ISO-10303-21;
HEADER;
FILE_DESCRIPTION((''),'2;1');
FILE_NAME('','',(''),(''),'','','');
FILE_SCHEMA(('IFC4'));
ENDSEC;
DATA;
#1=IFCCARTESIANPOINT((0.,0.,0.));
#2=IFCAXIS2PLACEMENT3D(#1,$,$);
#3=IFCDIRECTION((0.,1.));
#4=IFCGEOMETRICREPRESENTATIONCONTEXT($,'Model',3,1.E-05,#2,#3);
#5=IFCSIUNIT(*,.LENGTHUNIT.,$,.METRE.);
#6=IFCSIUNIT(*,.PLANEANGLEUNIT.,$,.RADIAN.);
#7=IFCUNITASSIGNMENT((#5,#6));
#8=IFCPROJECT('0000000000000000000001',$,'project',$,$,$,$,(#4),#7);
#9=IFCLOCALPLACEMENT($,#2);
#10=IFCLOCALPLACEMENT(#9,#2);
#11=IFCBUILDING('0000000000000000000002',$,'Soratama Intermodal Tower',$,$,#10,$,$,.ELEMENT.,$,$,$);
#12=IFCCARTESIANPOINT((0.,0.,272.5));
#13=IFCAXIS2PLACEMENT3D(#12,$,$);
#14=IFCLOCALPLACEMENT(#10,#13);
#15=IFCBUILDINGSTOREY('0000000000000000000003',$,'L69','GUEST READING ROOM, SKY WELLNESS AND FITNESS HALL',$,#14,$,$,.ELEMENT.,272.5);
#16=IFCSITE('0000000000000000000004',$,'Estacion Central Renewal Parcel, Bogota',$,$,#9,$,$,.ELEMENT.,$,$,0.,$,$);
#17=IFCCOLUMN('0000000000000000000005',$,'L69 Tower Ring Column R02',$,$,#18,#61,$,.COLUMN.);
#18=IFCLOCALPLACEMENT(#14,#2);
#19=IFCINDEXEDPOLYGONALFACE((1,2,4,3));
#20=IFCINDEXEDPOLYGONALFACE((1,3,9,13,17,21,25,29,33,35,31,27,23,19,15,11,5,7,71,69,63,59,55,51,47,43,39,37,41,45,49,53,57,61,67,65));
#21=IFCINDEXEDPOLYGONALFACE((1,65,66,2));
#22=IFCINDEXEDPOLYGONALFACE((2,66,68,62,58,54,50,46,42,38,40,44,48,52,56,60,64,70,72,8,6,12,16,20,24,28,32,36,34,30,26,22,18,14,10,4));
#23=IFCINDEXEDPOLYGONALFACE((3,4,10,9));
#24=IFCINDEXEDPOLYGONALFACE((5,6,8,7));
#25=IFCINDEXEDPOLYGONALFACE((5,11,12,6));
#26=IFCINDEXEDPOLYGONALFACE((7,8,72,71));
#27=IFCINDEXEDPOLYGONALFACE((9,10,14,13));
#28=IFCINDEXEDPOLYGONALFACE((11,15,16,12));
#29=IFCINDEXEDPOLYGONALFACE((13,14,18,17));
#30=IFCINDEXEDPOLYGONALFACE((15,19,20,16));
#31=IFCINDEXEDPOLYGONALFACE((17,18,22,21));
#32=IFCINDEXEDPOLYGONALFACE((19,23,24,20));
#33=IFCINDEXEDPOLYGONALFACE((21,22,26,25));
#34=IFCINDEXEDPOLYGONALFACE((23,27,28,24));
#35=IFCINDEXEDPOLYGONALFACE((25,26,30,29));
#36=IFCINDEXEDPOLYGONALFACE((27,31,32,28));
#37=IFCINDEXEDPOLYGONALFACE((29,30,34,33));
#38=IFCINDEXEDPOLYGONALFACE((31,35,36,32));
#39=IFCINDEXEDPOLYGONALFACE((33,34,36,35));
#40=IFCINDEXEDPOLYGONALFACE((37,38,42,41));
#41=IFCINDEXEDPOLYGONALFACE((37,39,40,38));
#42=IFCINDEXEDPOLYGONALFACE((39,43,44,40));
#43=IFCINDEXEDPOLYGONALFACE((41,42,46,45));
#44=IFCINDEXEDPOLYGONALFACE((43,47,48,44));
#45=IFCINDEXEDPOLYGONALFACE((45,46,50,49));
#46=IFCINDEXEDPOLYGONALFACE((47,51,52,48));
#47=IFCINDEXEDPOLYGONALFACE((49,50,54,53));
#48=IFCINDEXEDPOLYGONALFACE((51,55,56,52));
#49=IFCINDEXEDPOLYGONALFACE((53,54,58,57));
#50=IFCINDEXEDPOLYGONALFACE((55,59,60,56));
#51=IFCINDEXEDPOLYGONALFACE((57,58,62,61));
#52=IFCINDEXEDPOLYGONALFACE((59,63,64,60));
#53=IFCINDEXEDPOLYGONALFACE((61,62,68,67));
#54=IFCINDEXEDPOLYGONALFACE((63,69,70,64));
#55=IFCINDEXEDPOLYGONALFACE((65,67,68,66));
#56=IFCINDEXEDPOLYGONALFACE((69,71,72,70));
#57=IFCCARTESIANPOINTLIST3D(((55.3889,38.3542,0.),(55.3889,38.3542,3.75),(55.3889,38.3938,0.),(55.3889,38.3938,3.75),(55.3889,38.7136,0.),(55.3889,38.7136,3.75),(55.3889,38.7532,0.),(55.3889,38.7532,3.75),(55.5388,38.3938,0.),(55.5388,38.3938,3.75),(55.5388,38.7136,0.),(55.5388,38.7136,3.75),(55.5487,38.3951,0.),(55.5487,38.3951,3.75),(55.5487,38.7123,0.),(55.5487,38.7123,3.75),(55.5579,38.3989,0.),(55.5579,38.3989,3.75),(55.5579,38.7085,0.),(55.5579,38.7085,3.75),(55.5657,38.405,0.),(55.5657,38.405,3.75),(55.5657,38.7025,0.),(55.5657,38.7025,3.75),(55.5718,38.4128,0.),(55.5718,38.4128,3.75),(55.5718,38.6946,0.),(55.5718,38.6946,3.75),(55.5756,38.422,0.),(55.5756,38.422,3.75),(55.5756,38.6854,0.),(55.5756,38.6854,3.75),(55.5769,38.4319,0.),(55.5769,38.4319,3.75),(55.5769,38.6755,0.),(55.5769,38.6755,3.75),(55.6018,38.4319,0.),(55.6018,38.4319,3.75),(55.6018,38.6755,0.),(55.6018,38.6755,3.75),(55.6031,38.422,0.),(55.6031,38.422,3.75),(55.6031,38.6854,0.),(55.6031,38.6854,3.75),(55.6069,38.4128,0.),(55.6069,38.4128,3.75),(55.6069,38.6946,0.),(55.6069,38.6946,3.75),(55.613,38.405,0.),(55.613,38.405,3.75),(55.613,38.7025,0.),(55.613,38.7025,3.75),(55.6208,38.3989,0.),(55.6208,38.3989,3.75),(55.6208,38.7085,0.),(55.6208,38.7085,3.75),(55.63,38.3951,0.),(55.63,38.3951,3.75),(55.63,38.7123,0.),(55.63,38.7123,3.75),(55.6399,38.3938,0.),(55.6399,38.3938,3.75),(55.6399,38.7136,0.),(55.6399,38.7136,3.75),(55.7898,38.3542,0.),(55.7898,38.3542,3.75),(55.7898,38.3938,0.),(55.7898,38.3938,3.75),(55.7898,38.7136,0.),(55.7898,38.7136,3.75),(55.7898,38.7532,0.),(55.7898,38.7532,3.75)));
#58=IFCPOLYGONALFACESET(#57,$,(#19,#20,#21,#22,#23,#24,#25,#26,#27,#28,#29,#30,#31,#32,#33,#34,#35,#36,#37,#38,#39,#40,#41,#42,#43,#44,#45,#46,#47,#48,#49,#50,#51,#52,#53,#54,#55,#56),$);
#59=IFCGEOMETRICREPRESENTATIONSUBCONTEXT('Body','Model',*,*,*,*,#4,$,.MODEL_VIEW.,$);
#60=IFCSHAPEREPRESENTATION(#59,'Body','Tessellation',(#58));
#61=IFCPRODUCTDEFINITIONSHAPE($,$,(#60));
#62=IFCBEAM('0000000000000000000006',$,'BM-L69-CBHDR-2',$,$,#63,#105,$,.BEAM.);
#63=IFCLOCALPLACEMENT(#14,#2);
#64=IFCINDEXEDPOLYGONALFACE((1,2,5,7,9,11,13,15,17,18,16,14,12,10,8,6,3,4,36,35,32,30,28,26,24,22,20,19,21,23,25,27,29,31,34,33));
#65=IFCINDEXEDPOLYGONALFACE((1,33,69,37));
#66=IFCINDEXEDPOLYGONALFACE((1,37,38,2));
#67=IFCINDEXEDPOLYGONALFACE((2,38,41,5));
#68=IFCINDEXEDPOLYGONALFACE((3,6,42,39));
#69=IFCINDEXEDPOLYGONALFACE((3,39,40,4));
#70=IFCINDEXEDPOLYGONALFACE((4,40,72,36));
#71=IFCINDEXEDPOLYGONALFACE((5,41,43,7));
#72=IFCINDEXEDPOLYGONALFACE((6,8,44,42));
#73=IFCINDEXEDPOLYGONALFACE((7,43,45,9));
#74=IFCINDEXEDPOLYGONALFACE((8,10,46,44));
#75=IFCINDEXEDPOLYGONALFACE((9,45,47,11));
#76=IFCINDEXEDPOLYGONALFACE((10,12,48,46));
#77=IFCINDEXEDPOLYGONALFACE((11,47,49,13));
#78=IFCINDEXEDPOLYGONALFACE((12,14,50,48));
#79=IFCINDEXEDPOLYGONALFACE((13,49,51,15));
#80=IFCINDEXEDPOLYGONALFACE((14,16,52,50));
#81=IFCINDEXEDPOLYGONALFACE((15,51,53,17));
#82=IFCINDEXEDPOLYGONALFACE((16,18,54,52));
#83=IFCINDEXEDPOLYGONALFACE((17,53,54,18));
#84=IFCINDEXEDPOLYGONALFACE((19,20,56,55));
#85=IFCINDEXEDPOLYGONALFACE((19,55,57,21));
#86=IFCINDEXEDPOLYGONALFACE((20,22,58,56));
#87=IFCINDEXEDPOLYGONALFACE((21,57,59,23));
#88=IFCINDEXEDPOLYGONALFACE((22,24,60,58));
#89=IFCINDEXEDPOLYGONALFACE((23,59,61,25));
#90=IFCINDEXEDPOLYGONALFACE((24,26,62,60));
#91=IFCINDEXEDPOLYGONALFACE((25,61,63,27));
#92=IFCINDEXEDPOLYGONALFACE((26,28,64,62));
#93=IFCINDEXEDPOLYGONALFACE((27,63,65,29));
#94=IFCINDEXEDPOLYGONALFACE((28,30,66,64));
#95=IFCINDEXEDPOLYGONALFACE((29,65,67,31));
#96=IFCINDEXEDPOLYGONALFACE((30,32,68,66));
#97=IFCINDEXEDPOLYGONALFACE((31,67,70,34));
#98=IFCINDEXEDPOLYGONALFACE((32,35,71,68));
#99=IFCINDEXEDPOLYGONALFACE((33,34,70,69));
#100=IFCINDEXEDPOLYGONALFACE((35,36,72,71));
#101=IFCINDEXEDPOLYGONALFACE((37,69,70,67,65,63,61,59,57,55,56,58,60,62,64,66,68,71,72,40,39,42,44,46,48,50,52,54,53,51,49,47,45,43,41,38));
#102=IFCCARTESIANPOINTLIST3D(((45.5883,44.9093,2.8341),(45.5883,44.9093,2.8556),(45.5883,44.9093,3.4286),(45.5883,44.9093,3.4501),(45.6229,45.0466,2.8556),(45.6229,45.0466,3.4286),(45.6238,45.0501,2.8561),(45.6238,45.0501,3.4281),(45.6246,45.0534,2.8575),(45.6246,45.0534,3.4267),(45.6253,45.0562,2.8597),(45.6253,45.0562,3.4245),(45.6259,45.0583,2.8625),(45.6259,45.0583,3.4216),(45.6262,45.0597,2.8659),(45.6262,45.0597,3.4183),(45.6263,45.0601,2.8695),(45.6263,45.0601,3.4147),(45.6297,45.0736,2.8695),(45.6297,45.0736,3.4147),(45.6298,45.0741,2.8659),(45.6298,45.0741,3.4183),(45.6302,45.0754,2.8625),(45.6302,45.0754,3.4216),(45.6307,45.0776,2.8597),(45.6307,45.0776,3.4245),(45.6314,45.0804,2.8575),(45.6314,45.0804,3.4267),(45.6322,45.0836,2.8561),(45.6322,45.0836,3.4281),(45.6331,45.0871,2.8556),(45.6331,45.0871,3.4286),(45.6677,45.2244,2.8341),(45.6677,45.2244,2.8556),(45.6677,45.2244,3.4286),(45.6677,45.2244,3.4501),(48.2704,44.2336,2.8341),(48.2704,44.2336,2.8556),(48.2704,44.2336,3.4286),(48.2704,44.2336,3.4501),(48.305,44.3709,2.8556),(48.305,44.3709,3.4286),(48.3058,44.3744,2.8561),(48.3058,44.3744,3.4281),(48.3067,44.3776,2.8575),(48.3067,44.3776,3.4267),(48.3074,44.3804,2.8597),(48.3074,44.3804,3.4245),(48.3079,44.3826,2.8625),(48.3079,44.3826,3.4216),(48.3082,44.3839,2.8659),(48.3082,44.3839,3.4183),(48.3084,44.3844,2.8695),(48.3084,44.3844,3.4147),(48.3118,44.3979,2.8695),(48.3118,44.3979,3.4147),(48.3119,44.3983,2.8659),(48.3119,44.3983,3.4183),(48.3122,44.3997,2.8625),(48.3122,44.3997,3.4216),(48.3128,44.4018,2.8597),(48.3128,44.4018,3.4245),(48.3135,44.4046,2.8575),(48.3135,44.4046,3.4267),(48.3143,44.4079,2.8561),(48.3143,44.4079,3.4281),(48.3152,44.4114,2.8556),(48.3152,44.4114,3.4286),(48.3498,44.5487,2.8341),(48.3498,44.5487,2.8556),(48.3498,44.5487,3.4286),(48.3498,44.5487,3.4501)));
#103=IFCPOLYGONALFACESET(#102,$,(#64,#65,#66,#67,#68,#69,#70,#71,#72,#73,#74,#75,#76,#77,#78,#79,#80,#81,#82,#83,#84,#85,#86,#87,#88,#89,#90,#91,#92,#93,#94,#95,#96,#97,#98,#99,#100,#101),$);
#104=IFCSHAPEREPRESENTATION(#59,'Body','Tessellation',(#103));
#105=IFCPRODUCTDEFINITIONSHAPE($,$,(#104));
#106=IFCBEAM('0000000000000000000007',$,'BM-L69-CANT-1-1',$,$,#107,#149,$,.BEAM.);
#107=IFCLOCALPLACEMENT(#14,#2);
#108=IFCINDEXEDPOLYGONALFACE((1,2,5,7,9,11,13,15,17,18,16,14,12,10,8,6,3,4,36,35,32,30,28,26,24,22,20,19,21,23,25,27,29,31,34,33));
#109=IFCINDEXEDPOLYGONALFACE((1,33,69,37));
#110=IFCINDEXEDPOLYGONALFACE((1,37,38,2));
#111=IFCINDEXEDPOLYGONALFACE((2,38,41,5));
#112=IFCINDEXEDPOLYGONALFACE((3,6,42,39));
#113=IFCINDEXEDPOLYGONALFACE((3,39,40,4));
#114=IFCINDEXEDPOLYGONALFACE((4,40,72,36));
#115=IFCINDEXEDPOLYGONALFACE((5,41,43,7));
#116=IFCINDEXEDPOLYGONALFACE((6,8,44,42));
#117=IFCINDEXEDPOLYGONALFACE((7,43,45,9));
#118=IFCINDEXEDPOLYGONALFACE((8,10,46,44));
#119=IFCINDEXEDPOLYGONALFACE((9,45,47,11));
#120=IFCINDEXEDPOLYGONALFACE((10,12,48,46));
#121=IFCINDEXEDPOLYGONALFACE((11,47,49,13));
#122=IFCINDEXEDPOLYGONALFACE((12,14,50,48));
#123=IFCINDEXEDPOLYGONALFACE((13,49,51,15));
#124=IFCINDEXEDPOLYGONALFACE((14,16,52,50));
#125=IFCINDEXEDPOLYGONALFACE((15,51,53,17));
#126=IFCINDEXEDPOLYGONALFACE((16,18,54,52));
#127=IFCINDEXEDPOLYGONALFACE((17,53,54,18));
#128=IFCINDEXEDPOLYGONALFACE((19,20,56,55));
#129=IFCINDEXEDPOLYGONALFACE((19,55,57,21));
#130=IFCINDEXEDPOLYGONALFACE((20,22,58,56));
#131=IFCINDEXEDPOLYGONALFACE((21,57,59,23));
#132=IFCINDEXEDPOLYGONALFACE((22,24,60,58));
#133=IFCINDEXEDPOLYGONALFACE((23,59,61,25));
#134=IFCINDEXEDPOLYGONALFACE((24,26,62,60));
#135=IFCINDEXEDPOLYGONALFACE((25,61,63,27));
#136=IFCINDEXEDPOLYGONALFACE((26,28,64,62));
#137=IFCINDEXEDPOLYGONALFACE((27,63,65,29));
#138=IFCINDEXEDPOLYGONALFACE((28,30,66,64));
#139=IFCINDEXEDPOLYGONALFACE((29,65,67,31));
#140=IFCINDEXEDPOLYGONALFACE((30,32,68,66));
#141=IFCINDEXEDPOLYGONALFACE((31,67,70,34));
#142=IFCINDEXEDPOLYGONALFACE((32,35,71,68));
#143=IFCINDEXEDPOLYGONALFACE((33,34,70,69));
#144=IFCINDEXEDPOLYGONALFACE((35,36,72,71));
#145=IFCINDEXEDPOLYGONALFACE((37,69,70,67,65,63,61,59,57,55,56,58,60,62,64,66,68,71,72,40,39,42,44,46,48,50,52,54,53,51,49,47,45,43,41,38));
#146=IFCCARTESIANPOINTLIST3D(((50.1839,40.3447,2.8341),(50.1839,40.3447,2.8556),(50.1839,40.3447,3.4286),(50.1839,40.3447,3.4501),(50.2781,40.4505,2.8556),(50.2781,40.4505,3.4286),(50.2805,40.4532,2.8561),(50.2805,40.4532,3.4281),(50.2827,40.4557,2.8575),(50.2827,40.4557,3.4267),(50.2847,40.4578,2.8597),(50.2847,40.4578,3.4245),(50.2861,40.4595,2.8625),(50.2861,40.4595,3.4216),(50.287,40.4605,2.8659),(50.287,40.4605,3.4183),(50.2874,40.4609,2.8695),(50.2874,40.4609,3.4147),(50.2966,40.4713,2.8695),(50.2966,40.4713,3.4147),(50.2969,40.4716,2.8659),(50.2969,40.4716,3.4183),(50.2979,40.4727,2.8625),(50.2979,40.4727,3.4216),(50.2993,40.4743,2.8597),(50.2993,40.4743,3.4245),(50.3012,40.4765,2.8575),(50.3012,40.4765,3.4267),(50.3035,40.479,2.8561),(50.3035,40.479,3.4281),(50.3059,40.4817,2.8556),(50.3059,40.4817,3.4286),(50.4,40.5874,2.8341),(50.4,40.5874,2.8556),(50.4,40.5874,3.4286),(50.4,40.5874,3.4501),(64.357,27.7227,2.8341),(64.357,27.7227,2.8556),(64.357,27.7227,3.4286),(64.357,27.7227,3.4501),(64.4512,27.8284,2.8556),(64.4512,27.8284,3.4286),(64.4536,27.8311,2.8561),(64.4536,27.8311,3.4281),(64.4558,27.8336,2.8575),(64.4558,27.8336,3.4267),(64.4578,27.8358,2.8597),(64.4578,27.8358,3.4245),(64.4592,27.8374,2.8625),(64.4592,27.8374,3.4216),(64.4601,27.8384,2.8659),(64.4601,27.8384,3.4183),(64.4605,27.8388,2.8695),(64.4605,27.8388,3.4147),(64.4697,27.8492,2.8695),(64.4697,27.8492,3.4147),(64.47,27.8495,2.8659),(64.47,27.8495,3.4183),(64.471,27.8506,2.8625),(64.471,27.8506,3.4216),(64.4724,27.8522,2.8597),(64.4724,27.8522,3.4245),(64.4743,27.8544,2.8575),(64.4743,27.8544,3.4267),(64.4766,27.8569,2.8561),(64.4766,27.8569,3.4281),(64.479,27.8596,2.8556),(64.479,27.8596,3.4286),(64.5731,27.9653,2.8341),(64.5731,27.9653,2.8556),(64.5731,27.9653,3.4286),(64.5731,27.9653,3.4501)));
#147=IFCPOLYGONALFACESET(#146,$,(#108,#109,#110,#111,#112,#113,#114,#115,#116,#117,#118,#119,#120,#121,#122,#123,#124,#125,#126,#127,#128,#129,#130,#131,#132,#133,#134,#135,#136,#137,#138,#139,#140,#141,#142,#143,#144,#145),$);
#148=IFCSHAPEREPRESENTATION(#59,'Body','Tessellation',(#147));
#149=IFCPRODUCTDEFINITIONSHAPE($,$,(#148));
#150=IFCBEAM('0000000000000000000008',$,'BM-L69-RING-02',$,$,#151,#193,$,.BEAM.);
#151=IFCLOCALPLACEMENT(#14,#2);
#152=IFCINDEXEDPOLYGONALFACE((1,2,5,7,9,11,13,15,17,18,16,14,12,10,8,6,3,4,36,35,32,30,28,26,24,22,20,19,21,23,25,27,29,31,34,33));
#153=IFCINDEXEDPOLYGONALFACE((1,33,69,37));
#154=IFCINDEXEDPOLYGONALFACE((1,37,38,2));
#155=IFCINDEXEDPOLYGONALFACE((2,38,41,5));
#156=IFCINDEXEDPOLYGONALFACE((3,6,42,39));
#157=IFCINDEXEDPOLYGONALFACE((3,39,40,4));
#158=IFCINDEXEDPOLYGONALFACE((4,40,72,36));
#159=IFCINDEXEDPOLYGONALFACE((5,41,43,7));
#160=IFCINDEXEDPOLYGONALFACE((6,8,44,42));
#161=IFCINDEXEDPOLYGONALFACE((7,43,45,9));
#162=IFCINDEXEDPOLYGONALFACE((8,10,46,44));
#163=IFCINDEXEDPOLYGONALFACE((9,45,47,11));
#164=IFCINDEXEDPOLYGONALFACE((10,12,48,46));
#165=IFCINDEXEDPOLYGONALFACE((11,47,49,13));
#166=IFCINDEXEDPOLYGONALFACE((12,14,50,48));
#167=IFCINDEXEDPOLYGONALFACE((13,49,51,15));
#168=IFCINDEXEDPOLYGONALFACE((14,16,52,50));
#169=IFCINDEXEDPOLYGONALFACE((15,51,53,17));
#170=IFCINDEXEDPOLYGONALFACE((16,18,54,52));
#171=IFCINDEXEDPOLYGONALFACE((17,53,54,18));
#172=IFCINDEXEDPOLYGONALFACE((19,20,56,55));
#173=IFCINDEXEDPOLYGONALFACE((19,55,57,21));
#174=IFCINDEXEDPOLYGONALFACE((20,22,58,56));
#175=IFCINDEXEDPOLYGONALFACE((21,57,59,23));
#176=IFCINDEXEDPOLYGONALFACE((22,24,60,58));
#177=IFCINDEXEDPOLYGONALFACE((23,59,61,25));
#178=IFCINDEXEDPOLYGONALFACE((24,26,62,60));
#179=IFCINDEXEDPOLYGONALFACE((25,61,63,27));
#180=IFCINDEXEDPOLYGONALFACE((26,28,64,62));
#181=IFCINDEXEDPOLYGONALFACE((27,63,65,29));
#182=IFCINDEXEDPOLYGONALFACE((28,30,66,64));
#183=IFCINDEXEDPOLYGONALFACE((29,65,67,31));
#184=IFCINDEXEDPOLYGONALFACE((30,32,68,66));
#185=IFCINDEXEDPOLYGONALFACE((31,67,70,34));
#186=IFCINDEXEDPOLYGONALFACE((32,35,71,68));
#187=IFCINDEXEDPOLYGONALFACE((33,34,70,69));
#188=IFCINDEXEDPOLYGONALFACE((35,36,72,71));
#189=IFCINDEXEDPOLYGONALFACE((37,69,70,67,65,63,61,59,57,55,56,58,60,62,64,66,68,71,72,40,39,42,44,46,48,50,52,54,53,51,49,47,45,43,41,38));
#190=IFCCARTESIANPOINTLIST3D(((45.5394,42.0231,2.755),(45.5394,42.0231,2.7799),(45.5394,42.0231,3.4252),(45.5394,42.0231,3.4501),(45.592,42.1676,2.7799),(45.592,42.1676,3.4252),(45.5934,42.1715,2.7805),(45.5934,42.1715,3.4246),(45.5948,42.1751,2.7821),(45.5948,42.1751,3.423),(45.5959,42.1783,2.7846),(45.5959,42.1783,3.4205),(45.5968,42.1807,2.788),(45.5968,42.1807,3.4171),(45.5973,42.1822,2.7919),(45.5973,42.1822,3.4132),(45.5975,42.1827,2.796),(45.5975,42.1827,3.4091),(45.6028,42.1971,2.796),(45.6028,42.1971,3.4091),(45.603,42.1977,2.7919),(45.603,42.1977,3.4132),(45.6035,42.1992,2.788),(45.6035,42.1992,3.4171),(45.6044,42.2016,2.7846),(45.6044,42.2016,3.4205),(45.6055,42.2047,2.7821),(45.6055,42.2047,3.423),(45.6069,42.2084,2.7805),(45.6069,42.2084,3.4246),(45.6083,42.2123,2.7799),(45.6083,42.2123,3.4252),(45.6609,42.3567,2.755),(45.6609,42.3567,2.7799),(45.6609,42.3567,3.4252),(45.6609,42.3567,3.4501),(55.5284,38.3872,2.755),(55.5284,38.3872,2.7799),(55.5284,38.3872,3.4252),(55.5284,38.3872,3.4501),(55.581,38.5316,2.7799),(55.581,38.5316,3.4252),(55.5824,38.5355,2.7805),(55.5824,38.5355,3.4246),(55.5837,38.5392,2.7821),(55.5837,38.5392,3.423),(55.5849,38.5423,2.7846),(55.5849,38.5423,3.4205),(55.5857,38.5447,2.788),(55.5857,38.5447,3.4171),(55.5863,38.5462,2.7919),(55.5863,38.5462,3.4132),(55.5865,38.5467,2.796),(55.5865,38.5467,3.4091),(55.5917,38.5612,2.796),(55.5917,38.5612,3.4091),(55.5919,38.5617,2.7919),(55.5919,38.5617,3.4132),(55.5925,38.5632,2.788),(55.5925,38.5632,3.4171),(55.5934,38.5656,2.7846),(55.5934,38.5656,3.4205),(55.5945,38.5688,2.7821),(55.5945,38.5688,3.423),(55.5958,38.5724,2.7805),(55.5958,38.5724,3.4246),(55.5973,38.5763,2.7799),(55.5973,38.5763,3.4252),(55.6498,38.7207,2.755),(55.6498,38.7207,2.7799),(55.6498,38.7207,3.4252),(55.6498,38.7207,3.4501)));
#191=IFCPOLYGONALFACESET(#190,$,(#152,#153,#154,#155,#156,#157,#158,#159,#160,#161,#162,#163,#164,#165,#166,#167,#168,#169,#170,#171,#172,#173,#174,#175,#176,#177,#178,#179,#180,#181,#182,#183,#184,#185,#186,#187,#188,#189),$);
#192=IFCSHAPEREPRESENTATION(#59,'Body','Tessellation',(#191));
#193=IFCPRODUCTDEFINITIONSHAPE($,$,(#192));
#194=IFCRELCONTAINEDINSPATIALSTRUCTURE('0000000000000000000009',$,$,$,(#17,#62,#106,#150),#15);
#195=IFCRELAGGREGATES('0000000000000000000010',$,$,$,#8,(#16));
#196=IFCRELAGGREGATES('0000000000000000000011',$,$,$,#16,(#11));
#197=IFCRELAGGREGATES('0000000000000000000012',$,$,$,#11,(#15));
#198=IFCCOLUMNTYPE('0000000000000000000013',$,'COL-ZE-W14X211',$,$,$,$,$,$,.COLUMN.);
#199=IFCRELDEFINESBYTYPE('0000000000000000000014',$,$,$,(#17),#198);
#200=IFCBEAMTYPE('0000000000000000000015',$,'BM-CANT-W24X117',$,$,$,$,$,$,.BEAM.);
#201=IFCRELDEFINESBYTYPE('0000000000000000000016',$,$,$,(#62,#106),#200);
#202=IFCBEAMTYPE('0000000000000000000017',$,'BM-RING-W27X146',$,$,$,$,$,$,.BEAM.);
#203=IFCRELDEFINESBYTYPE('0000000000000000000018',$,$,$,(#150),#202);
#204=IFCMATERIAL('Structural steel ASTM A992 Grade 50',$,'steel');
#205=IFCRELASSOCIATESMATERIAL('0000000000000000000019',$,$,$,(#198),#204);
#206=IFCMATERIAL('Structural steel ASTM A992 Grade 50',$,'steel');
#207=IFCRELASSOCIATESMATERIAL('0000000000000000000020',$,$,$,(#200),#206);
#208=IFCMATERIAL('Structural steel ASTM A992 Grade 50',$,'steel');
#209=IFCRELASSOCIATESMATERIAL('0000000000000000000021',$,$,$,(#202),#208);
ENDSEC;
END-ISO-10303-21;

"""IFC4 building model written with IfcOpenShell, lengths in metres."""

from ifc_helpers import new_model, si_unit, direction, frame, origin, origin_2d, place, context, subcontext, project, spatial, i_section, extrude, material, material_profile, profile_set, type_object, element, save


model = new_model("IFC4")

# Units and contexts
model_context = context("Model", 3, precision=1e-05, world=origin(), true_north=direction((0.0, 1.0)))
body_context = subcontext(model_context, "Body", "Model", "MODEL_VIEW")
ifc_project = project(units=[si_unit("LENGTHUNIT", "METRE"), si_unit("PLANEANGLEUNIT", "RADIAN")], contexts=[model_context])

# Site, building, storey
site_placement = place(None, origin())
site = spatial("IfcSite", under=ifc_project, at=site_placement, Name="Estacion Central Renewal Parcel, Bogota", CompositionType="ELEMENT", RefElevation=0.0)
building_placement = place(site_placement, origin())
building = spatial("IfcBuilding", under=site, at=building_placement, Name="Soratama Intermodal Tower", CompositionType="ELEMENT")
storey_placement = place(building_placement, frame((0.0, 0.0, 272.5)))
storey = spatial("IfcBuildingStorey", under=building, at=storey_placement, Name="L69", Description="GUEST READING ROOM, SKY WELLNESS AND FITNESS HALL", CompositionType="ELEMENT", Elevation=272.5)

# Column
ifc_material_1 = material(Name="Structural steel ASTM A992 Grade 50", Category="steel")
ifc_material_profile_1 = material_profile(ifc_material_1, i_section(OverallWidth=0.4009, OverallDepth=0.3989, WebThickness=0.0249, FlangeThickness=0.0396, FilletRadius=0.0381, at=origin_2d()), Name="W14X211")
ifc_profile_set_1 = profile_set([ifc_material_profile_1], Name="Structural steel ASTM A992 Grade 50")
column_type = type_object("IfcColumnType", Name="COL-ZE-W14X211", PredefinedType="COLUMN", material=ifc_profile_set_1)
column_placement = place(storey_placement, frame((55.5894, 38.5537, 0.0), z_axis=(0.0, 0.0, 1.0), x_axis=(1.0, 0.0, 0.0)))
element("IfcColumn", 1, at=column_placement, inside=storey, type_object=column_type, Name="L69 Tower Ring Column R02", PredefinedType="COLUMN", context=body_context, shape_type="SweptSolid", body=[
    extrude(i_section(OverallWidth=0.4009, OverallDepth=0.3989, WebThickness=0.0249, FlangeThickness=0.0396, FilletRadius=0.0381, at=origin_2d()), origin(), (0.0, 0.0, 1.0), 3.75),
])

# Beams
ifc_material_2 = material(Name="Structural steel ASTM A992 Grade 50", Category="steel")
ifc_material_profile_2 = material_profile(ifc_material_2, i_section(OverallWidth=0.325, OverallDepth=0.616, WebThickness=0.0139, FlangeThickness=0.0215, FilletRadius=0.0139, at=origin_2d()), Name="W24X117")
ifc_profile_set_2 = profile_set([ifc_material_profile_2], Name="Structural steel ASTM A992 Grade 50")
beam_type_1 = type_object("IfcBeamType", Name="BM-CANT-W24X117", PredefinedType="BEAM", material=ifc_profile_set_2)
beam_1_placement = place(storey_placement, frame((48.3101, 44.3911, 3.1421), z_axis=(-0.969694, 0.244321, 0.0), x_axis=(-0.244321, -0.969694, 0.0)))
element("IfcBeam", 2, at=beam_1_placement, inside=storey, type_object=beam_type_1, Name="BM-L69-CBHDR-2", PredefinedType="BEAM", context=body_context, shape_type="SweptSolid", body=[
    extrude(i_section(OverallWidth=0.325, OverallDepth=0.616, WebThickness=0.0139, FlangeThickness=0.0215, FilletRadius=0.0139, at=origin_2d()), origin(), (0.0, 0.0, 1.0), 2.7659),
])
beam_2_placement = place(storey_placement, frame((50.292, 40.4661, 3.1421), z_axis=(0.746787, -0.665063, 0.0), x_axis=(0.665063, 0.746787, 0.0)))
element("IfcBeam", 3, at=beam_2_placement, inside=storey, type_object=beam_type_1, Name="BM-L69-CANT-1-1", PredefinedType="BEAM", context=body_context, shape_type="SweptSolid", body=[
    extrude(i_section(OverallWidth=0.325, OverallDepth=0.616, WebThickness=0.0139, FlangeThickness=0.0215, FilletRadius=0.0139, at=origin_2d()), origin(), (0.0, 0.0, 1.0), 18.9788),
])
ifc_material_3 = material(Name="Structural steel ASTM A992 Grade 50", Category="steel")
ifc_material_profile_3 = material_profile(ifc_material_3, i_section(OverallWidth=0.355, OverallDepth=0.6951, WebThickness=0.0154, FlangeThickness=0.0249, FilletRadius=0.0161, at=origin_2d()), Name="W27X146")
ifc_profile_set_3 = profile_set([ifc_material_profile_3], Name="Structural steel ASTM A992 Grade 50")
beam_type_2 = type_object("IfcBeamType", Name="BM-RING-W27X146", PredefinedType="BEAM", material=ifc_profile_set_3)
beam_3_placement = place(storey_placement, frame((55.5891, 38.554, 3.1025), z_axis=(-0.939684, 0.342044, 0.0), x_axis=(-0.342044, -0.939684, 0.0)))
element("IfcBeam", 4, at=beam_3_placement, inside=storey, type_object=beam_type_2, Name="BM-L69-RING-02", PredefinedType="BEAM", context=body_context, shape_type="SweptSolid", body=[
    extrude(i_section(OverallWidth=0.355, OverallDepth=0.6951, WebThickness=0.0154, FlangeThickness=0.0249, FilletRadius=0.0161, at=origin_2d()), origin(), (0.0, 0.0, 1.0), 10.6301),
])

save(model, "model.ifc")
